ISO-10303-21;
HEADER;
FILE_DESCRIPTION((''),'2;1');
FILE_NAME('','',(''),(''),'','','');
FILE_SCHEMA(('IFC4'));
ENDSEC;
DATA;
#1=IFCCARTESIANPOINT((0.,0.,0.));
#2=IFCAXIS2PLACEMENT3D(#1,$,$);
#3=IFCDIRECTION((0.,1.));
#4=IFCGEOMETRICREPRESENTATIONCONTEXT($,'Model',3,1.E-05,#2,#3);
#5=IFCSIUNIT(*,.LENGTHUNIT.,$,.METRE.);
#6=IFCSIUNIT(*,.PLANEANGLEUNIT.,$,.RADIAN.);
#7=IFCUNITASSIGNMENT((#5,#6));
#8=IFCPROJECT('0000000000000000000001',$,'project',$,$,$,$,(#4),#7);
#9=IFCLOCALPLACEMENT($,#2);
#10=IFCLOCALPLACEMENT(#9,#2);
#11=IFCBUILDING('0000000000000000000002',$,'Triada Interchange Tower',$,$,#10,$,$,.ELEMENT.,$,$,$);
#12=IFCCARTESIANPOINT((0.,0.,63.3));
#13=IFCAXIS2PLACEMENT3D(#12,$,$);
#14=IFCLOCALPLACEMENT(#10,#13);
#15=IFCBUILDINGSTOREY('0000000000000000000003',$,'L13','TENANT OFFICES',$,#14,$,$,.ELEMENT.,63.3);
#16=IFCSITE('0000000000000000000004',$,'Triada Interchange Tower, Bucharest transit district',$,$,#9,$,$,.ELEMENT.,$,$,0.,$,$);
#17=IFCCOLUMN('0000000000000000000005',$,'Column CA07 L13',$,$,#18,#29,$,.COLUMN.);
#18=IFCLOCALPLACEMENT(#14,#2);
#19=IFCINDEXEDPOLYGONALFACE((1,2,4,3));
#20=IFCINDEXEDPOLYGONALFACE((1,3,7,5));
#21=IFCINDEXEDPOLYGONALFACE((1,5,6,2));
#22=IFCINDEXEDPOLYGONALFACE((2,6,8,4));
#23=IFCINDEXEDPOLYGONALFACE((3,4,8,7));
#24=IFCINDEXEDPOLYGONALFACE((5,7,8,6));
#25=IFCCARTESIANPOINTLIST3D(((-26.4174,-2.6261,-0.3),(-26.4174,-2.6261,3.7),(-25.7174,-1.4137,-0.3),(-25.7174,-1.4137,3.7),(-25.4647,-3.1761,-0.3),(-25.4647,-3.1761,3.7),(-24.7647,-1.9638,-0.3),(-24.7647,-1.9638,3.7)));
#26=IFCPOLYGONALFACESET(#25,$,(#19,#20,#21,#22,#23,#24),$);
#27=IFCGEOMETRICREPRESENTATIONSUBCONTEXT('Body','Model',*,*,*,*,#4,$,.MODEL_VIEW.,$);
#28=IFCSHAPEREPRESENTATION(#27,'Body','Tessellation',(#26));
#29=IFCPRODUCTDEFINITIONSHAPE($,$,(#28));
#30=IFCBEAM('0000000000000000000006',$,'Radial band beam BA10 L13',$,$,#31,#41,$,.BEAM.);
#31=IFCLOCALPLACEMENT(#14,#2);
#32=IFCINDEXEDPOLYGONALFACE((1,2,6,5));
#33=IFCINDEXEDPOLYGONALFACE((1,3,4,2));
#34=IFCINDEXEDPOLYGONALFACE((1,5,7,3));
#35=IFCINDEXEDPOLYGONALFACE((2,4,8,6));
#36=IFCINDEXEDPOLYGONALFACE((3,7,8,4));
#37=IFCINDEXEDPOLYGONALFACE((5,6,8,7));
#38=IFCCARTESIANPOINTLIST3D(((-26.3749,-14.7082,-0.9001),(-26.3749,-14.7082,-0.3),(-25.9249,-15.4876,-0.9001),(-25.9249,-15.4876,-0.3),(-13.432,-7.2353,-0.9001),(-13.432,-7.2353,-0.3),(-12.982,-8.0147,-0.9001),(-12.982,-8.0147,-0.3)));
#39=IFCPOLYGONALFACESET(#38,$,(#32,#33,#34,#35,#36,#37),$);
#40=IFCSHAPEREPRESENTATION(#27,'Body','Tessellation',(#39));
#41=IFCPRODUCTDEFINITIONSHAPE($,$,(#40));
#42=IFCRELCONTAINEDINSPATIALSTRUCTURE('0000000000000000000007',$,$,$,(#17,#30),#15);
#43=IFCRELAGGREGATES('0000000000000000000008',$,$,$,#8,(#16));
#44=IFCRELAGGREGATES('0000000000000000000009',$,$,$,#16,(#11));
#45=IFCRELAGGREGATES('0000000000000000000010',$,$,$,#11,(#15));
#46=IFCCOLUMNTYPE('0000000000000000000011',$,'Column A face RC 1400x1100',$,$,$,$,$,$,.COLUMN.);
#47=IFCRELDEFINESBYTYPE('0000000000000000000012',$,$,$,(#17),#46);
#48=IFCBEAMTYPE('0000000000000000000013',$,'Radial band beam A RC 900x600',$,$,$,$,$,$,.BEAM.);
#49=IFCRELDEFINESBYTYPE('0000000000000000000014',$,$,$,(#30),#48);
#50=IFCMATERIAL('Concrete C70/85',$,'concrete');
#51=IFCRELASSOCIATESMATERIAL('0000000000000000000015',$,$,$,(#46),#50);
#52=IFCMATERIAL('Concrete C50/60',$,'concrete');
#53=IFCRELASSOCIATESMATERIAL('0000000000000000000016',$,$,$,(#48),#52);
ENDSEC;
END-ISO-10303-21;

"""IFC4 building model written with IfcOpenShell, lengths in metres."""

from ifc_helpers import new_model, si_unit, direction, frame, origin, origin_2d, place, context, subcontext, project, spatial, rectangle, extrude, material, material_profile, profile_set, type_object, element, save


model = new_model("IFC4")

# Units and contexts
model_context = context("Model", 3, precision=1e-05, world=origin(), true_north=direction((0.0, 1.0)))
body_context = subcontext(model_context, "Body", "Model", "MODEL_VIEW")
ifc_project = project(units=[si_unit("LENGTHUNIT", "METRE"), si_unit("PLANEANGLEUNIT", "RADIAN")], contexts=[model_context])

# Site, building, storey
site_placement = place(None, origin())
site = spatial("IfcSite", under=ifc_project, at=site_placement, Name="Triada Interchange Tower, Bucharest transit district", CompositionType="ELEMENT", RefElevation=0.0)
building_placement = place(site_placement, origin())
building = spatial("IfcBuilding", under=site, at=building_placement, Name="Triada Interchange Tower", CompositionType="ELEMENT")
storey_placement = place(building_placement, frame((0.0, 0.0, 63.3)))
storey = spatial("IfcBuildingStorey", under=building, at=storey_placement, Name="L13", Description="TENANT OFFICES", CompositionType="ELEMENT", Elevation=63.3)

# Column
ifc_material_1 = material(Name="Concrete C70/85", Category="concrete")
ifc_material_profile_1 = material_profile(ifc_material_1, rectangle(XDim=1.3999, YDim=1.1001, at=origin_2d()), Name="RC 1400x1100")
ifc_profile_set_1 = profile_set([ifc_material_profile_1], Name="Concrete C70/85")
column_type = type_object("IfcColumnType", Name="Column A face RC 1400x1100", PredefinedType="COLUMN", material=ifc_profile_set_1)
column_placement = place(storey_placement, frame((-25.5911, -2.2949, -0.3), z_axis=(0.0, 0.0, 1.0), x_axis=(0.5, 0.866025, 0.0)))
element("IfcColumn", 1, at=column_placement, inside=storey, type_object=column_type, Name="Column CA07 L13", PredefinedType="COLUMN", context=body_context, shape_type="SweptSolid", body=[
    extrude(rectangle(XDim=1.3999, YDim=1.1001, at=origin_2d()), origin(), (0.0, 0.0, 1.0), 4.0),
])

# Beam
ifc_material_2 = material(Name="Concrete C50/60", Category="concrete")
ifc_material_profile_2 = material_profile(ifc_material_2, rectangle(XDim=0.8999, YDim=0.6001, at=origin_2d()), Name="RC 900x600")
ifc_profile_set_2 = profile_set([ifc_material_profile_2], Name="Concrete C50/60")
beam_type = type_object("IfcBeamType", Name="Radial band beam A RC 900x600", PredefinedType="BEAM", material=ifc_profile_set_2)
beam_placement = place(storey_placement, frame((-26.1499, -15.0979, -0.6001), z_axis=(0.866016, 0.500017, 0.0), x_axis=(-0.500017, 0.866016, 0.0)))
element("IfcBeam", 2, at=beam_placement, inside=storey, type_object=beam_type, Name="Radial band beam BA10 L13", PredefinedType="BEAM", context=body_context, shape_type="SweptSolid", body=[
    extrude(rectangle(XDim=0.8999, YDim=0.6001, at=origin_2d()), origin(), (0.0, 0.0, 1.0), 14.9453),
])

save(model, "model.ifc")
